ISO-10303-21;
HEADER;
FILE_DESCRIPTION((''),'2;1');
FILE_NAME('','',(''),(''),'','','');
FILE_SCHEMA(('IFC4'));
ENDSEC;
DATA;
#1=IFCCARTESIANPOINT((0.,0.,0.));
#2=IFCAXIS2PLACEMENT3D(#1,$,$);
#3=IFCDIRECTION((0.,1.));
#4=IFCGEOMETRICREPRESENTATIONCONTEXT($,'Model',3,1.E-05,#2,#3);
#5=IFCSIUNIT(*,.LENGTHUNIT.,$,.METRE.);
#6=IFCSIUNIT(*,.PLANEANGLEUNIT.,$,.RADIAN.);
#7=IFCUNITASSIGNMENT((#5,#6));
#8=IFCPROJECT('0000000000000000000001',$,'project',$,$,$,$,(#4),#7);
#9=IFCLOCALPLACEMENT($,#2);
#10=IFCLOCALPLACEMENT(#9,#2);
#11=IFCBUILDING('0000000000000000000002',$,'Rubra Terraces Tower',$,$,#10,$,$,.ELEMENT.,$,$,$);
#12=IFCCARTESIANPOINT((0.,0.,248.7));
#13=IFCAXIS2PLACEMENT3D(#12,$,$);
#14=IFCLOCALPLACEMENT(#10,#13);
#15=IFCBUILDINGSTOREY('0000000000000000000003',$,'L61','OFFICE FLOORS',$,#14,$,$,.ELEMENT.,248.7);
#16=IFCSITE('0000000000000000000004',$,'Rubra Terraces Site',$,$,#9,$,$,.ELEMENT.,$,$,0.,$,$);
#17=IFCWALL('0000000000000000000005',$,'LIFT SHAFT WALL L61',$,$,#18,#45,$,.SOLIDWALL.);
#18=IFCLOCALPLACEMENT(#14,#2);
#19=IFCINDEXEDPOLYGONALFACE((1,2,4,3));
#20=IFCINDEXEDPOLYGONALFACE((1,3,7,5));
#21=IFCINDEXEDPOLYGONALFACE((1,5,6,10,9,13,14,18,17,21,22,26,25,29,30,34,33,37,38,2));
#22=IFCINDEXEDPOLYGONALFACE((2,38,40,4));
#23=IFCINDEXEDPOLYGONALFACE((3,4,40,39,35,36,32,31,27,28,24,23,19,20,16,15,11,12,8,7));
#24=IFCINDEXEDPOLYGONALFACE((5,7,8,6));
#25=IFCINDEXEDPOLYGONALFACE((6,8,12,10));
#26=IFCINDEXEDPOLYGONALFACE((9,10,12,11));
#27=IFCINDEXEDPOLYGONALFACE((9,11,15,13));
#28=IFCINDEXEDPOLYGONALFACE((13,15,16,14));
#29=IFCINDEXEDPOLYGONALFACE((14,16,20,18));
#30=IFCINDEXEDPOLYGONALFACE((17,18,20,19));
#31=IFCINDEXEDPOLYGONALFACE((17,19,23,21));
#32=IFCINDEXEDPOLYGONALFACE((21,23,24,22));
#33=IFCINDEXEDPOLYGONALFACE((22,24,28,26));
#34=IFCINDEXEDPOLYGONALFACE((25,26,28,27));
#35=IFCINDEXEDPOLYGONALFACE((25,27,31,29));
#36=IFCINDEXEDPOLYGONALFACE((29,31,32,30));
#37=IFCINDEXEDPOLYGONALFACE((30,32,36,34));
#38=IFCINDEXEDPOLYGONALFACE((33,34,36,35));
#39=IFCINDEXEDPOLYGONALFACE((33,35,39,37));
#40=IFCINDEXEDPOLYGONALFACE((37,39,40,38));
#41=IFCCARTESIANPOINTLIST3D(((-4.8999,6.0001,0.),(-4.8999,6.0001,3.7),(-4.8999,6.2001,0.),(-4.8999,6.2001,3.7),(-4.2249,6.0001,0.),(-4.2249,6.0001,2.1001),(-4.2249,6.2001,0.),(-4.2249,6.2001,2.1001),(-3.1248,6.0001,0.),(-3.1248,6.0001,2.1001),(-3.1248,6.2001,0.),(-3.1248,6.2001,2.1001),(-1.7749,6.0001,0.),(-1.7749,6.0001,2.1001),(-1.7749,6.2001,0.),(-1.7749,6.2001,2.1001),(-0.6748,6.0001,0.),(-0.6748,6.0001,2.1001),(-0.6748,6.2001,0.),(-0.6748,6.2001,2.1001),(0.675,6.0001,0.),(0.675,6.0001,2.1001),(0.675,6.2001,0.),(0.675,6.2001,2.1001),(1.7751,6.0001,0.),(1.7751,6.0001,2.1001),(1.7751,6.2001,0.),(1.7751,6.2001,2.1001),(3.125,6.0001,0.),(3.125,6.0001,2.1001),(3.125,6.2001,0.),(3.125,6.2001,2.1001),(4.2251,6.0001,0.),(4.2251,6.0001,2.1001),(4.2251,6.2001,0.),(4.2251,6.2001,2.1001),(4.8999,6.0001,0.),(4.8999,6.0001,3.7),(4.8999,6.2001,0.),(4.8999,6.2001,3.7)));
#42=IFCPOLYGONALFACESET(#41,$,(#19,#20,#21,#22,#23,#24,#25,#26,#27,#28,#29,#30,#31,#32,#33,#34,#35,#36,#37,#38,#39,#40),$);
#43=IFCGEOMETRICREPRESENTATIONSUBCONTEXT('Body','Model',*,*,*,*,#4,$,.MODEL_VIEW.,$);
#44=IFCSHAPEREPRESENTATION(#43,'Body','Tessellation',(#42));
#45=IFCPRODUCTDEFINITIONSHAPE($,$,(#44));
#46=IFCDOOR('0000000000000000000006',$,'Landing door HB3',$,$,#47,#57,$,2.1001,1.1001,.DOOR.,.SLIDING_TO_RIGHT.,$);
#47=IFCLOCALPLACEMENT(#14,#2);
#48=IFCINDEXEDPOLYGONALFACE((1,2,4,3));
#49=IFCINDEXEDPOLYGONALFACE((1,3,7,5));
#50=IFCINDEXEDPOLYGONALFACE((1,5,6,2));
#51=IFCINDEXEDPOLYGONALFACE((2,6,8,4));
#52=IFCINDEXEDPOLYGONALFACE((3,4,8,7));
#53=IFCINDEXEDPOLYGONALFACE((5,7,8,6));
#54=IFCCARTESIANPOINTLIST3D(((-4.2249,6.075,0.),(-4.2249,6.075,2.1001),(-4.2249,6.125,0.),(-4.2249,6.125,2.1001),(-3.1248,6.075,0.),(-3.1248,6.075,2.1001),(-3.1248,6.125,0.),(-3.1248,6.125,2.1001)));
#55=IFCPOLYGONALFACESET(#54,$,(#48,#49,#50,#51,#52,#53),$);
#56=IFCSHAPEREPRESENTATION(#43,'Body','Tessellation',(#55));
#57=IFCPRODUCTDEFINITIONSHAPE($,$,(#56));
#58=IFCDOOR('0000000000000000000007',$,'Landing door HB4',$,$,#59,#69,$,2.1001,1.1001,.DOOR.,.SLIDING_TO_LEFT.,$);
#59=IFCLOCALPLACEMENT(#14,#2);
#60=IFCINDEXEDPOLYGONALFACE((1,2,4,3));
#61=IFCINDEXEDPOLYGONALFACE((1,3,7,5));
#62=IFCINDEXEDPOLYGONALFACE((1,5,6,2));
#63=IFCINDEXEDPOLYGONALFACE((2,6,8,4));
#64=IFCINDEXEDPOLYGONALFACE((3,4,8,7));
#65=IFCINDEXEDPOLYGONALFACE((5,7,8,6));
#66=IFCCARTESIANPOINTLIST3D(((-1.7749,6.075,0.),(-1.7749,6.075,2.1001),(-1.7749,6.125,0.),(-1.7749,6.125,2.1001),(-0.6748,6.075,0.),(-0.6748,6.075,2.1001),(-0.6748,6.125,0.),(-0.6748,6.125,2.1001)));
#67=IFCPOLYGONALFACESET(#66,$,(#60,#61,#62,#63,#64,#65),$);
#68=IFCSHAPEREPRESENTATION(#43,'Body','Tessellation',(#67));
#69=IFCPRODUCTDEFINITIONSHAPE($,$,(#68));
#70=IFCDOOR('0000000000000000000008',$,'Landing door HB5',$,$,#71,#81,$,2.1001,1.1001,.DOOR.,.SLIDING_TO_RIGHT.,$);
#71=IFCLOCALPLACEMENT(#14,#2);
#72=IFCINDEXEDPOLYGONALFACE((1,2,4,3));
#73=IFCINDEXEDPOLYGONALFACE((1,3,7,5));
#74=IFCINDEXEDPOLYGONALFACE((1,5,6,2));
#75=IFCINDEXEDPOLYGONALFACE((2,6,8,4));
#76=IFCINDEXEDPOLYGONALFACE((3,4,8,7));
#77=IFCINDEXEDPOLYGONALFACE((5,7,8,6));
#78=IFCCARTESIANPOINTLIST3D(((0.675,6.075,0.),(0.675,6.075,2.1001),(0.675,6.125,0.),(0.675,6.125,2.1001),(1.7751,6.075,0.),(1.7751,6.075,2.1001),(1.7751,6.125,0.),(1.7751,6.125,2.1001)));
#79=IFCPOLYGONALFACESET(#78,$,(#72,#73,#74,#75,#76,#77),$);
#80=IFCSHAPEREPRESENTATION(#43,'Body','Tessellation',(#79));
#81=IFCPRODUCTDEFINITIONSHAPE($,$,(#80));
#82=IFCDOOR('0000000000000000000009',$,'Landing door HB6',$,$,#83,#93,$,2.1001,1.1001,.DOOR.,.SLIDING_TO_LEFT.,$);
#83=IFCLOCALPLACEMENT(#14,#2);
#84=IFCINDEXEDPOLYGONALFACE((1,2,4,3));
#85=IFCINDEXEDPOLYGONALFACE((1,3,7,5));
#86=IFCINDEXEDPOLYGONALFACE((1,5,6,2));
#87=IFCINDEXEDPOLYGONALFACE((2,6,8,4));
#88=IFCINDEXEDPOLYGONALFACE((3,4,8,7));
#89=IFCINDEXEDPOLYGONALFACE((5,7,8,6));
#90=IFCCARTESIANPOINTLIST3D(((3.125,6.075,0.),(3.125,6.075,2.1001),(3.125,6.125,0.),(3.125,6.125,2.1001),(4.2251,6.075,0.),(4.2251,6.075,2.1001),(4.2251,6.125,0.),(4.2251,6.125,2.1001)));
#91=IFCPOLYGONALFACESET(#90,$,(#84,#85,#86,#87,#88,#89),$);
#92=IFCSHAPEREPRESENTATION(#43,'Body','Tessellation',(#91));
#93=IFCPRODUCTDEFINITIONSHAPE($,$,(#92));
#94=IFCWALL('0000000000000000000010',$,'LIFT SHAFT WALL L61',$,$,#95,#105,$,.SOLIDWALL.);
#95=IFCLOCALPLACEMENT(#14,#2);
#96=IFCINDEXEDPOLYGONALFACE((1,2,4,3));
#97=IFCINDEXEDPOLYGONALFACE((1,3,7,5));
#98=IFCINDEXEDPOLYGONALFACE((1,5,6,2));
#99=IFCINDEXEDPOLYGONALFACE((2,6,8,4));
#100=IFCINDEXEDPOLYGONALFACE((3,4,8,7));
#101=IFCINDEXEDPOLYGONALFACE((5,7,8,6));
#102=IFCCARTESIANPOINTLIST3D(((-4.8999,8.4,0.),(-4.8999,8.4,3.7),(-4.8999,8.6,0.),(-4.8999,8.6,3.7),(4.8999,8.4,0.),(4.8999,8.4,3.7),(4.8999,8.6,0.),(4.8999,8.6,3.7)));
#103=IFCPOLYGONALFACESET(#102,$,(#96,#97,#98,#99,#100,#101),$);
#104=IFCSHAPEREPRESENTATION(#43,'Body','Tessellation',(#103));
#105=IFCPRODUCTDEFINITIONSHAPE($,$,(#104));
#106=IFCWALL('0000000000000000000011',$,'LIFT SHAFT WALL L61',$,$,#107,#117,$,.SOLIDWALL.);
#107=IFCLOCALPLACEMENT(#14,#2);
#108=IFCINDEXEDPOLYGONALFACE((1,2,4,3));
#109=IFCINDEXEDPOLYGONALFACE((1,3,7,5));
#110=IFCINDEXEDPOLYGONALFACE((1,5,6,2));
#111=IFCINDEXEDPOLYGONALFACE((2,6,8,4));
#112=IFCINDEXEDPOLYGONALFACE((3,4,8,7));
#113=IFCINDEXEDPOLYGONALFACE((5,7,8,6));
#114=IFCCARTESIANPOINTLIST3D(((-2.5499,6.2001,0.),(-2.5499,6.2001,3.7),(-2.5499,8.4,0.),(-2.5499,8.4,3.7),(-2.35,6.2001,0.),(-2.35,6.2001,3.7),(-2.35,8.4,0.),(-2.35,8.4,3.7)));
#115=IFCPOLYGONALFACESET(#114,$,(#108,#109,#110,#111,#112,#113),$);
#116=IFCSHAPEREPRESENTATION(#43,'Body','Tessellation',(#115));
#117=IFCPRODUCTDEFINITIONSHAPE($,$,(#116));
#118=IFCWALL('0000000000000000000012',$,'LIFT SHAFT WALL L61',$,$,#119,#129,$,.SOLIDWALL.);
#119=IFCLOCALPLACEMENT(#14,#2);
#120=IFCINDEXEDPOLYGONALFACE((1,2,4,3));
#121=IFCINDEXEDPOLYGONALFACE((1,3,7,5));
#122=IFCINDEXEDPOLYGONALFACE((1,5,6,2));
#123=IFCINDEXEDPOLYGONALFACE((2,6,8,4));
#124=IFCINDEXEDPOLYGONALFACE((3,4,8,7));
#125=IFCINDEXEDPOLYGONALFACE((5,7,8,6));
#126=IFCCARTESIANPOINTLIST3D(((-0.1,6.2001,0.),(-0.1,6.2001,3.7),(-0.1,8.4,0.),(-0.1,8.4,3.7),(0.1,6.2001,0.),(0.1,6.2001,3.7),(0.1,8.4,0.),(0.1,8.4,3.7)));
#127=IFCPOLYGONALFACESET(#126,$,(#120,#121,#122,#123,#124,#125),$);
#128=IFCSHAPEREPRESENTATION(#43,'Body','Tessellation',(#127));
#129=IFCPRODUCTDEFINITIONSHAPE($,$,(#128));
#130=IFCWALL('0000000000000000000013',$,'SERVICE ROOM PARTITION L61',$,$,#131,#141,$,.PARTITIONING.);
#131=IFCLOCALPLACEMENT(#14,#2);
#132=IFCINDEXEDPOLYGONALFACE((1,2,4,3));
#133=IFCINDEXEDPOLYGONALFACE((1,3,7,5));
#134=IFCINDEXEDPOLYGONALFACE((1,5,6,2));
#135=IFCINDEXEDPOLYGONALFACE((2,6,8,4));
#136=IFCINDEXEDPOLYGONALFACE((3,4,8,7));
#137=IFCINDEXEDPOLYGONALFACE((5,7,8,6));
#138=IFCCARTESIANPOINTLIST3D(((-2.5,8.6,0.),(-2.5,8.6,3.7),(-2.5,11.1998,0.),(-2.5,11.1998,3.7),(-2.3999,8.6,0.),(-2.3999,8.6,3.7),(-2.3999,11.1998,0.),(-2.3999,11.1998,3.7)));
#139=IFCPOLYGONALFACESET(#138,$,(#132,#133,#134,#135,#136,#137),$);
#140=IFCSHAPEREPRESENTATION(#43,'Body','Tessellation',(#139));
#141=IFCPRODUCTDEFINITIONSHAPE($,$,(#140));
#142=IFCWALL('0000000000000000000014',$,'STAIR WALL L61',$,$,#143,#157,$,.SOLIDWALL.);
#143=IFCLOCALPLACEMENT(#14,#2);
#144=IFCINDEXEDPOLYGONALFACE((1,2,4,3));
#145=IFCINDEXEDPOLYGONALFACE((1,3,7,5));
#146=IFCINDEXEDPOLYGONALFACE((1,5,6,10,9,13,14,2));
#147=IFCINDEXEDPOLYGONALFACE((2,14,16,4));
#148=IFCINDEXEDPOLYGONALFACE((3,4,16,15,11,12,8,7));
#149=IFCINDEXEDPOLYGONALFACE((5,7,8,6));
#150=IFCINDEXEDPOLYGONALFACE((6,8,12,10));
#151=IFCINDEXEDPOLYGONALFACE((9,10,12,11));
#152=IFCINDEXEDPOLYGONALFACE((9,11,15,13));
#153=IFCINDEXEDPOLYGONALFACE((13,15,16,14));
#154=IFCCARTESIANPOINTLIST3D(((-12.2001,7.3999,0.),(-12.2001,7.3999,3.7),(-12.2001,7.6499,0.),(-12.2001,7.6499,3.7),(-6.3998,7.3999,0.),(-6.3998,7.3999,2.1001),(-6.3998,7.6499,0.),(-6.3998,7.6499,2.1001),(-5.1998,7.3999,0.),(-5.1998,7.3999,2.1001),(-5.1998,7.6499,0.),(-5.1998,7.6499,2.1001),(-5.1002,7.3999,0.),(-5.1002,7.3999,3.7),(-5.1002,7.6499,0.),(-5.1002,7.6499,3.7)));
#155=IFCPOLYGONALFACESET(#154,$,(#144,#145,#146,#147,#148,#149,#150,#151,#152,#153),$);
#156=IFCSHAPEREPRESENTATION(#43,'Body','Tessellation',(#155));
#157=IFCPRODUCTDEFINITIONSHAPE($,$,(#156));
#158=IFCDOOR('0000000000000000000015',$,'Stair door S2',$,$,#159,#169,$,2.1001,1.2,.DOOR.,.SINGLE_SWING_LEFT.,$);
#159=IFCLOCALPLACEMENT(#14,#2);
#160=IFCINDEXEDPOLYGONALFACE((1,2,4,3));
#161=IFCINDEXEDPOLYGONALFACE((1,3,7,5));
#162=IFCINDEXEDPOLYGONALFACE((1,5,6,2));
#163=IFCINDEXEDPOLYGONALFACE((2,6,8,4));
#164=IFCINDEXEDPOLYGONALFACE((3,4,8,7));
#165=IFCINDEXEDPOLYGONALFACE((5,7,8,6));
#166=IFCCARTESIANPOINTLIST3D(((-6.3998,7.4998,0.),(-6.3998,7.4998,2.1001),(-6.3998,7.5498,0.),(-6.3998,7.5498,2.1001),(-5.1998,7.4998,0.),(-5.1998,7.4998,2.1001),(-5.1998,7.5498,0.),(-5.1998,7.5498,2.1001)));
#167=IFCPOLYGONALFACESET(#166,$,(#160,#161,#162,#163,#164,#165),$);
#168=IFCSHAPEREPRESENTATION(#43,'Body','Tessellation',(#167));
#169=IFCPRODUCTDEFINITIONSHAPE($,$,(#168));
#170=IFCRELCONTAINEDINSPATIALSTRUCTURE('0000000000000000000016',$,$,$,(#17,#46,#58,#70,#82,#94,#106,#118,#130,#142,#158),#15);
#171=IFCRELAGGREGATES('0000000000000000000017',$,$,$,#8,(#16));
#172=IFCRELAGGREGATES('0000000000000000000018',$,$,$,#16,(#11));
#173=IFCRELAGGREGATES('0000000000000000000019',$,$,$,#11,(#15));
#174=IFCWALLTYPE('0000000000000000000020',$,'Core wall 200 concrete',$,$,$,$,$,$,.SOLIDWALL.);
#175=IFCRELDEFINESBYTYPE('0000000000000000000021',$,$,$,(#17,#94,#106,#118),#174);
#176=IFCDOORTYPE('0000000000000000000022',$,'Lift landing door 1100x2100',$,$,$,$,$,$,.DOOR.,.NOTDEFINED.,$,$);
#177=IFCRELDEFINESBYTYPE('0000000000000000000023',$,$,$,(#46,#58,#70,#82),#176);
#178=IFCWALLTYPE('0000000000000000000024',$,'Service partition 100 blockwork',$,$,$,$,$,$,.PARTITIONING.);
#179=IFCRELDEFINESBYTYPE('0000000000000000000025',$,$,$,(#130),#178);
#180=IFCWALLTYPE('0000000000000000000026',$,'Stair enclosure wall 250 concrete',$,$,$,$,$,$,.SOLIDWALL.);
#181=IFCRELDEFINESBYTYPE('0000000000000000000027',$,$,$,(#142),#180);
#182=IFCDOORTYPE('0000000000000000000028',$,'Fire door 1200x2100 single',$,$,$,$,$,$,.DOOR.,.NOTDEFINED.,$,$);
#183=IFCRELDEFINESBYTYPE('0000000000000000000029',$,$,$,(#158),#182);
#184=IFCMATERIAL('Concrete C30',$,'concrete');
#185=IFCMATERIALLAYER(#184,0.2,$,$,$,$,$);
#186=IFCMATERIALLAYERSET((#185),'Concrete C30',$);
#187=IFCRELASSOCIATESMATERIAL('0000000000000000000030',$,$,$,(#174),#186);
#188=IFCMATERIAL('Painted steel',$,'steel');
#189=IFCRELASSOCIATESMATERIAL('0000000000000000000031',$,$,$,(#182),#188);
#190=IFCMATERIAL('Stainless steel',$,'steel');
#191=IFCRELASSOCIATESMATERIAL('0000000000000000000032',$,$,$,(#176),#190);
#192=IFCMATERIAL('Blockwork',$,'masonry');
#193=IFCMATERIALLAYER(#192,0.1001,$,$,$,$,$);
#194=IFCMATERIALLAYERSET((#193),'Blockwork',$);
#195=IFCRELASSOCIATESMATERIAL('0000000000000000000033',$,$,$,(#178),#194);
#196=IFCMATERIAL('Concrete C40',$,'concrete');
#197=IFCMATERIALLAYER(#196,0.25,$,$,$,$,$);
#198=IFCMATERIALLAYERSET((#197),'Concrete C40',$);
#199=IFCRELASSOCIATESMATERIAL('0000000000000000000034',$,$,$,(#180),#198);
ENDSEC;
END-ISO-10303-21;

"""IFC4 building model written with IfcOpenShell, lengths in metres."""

from ifc_helpers import new_model, si_unit, direction, frame, frame_2d, origin, place, context, subcontext, project, spatial, rectangle, extrude, material, layer, layer_set, type_object, element, fill, save


model = new_model("IFC4")

# Units and contexts
model_context = context("Model", 3, precision=1e-05, world=origin(), true_north=direction((0.0, 1.0)))
body_context = subcontext(model_context, "Body", "Model", "MODEL_VIEW")
ifc_project = project(units=[si_unit("LENGTHUNIT", "METRE"), si_unit("PLANEANGLEUNIT", "RADIAN")], contexts=[model_context])

# Site, building, storey
site_placement = place(None, origin())
site = spatial("IfcSite", under=ifc_project, at=site_placement, Name="Rubra Terraces Site", CompositionType="ELEMENT", RefElevation=0.0)
building_placement = place(site_placement, origin())
building = spatial("IfcBuilding", under=site, at=building_placement, Name="Rubra Terraces Tower", CompositionType="ELEMENT")
storey_placement = place(building_placement, frame((0.0, 0.0, 248.7)))
storey = spatial("IfcBuildingStorey", under=building, at=storey_placement, Name="L61", Description="OFFICE FLOORS", CompositionType="ELEMENT", Elevation=248.7)

# Shared definitions
ifc_material_1 = material(Name="Concrete C40", Category="concrete")

# Shared definitions
ifc_material_2 = material(Name="Concrete C30", Category="concrete")
ifc_layer_1 = layer(ifc_material_2, 0.2)
ifc_layer_set_1 = layer_set([ifc_layer_1], Name="Concrete C30")
wall_type_1 = type_object("IfcWallType", Name="Core wall 200 concrete", PredefinedType="SOLIDWALL", material=ifc_layer_set_1)
ifc_material_3 = material(Name="Painted steel", Category="steel")
door_type_1 = type_object("IfcDoorType", Name="Fire door 1200x2100 single", OperationType="NOTDEFINED", PredefinedType="DOOR", material=ifc_material_3)
ifc_material_4 = material(Name="Stainless steel", Category="steel")

# Wall, openings, doors
door_type_2 = type_object("IfcDoorType", Name="Lift landing door 1100x2100", OperationType="NOTDEFINED", PredefinedType="DOOR", material=ifc_material_4)
wall_1_placement = place(storey_placement, frame((-4.8999, 6.1001, 0.0), z_axis=(0.0, 0.0, 1.0), x_axis=(1.0, 0.0, 0.0)))
wall_1 = element("IfcWall", 1, at=wall_1_placement, inside=storey, type_object=wall_type_1, Name="LIFT SHAFT WALL L61", PredefinedType="SOLIDWALL", context=body_context, shape_type="SweptSolid", body=[
    extrude(rectangle(XDim=9.7998, YDim=0.2, at=frame_2d((4.8999, 0.0))), origin(), (0.0, 0.0, 1.0), 3.7),
])
opening_1_placement = place(wall_1_placement, frame((0.675, 0.0, 0.0)))
opening_1 = element("IfcOpeningElement", 2, at=opening_1_placement, cuts=wall_1, PredefinedType="OPENING", context=body_context, shape_type="SweptSolid", body=[
    extrude(rectangle(XDim=1.1001, YDim=2.1001, at=frame_2d((0.55, 1.05))), frame((0.0, 0.1099, 0.0), z_axis=(0.0, -1.0, 0.0), x_axis=(1.0, 0.0, 0.0)), (0.0, 0.0, 1.0), 0.22),
])
opening_2_placement = place(wall_1_placement, frame((3.125, 0.0, 0.0)))
opening_2 = element("IfcOpeningElement", 3, at=opening_2_placement, cuts=wall_1, PredefinedType="OPENING", context=body_context, shape_type="SweptSolid", body=[
    extrude(rectangle(XDim=1.1001, YDim=2.1001, at=frame_2d((0.55, 1.05))), frame((0.0, 0.1099, 0.0), z_axis=(0.0, -1.0, 0.0), x_axis=(1.0, 0.0, 0.0)), (0.0, 0.0, 1.0), 0.22),
])
opening_3_placement = place(wall_1_placement, frame((5.575, 0.0, 0.0)))
opening_3 = element("IfcOpeningElement", 4, at=opening_3_placement, cuts=wall_1, PredefinedType="OPENING", context=body_context, shape_type="SweptSolid", body=[
    extrude(rectangle(XDim=1.1001, YDim=2.1001, at=frame_2d((0.55, 1.05))), frame((0.0, 0.1099, 0.0), z_axis=(0.0, -1.0, 0.0), x_axis=(1.0, 0.0, 0.0)), (0.0, 0.0, 1.0), 0.22),
])
opening_4_placement = place(wall_1_placement, frame((8.0249, 0.0, 0.0)))
opening_4 = element("IfcOpeningElement", 5, at=opening_4_placement, cuts=wall_1, PredefinedType="OPENING", context=body_context, shape_type="SweptSolid", body=[
    extrude(rectangle(XDim=1.1001, YDim=2.1001, at=frame_2d((0.55, 1.05))), frame((0.0, 0.1099, 0.0), z_axis=(0.0, -1.0, 0.0), x_axis=(1.0, 0.0, 0.0)), (0.0, 0.0, 1.0), 0.22),
])
door_1_placement = place(opening_1_placement, origin())
door_1 = element("IfcDoor", 6, at=door_1_placement, inside=storey, type_object=door_type_2, Name="Landing door HB3", OperationType="SLIDING_TO_RIGHT", OverallHeight=2.1001, OverallWidth=1.1001, PredefinedType="DOOR", context=body_context, shape_type="SweptSolid", body=[
    extrude(rectangle(XDim=1.1001, YDim=2.1001, at=frame_2d((0.55, 1.05))), frame((0.0, 0.0249, 0.0), z_axis=(0.0, -1.0, 0.0), x_axis=(1.0, 0.0, 0.0)), (0.0, 0.0, 1.0), 0.05),
])
fill(opening_1, door_1)
door_2_placement = place(opening_2_placement, origin())
door_2 = element("IfcDoor", 7, at=door_2_placement, inside=storey, type_object=door_type_2, Name="Landing door HB4", OperationType="SLIDING_TO_LEFT", OverallHeight=2.1001, OverallWidth=1.1001, PredefinedType="DOOR", context=body_context, shape_type="SweptSolid", body=[
    extrude(rectangle(XDim=1.1001, YDim=2.1001, at=frame_2d((0.55, 1.05))), frame((0.0, 0.0249, 0.0), z_axis=(0.0, -1.0, 0.0), x_axis=(1.0, 0.0, 0.0)), (0.0, 0.0, 1.0), 0.05),
])
fill(opening_2, door_2)
door_3_placement = place(opening_3_placement, origin())
door_3 = element("IfcDoor", 8, at=door_3_placement, inside=storey, type_object=door_type_2, Name="Landing door HB5", OperationType="SLIDING_TO_RIGHT", OverallHeight=2.1001, OverallWidth=1.1001, PredefinedType="DOOR", context=body_context, shape_type="SweptSolid", body=[
    extrude(rectangle(XDim=1.1001, YDim=2.1001, at=frame_2d((0.55, 1.05))), frame((0.0, 0.0249, 0.0), z_axis=(0.0, -1.0, 0.0), x_axis=(1.0, 0.0, 0.0)), (0.0, 0.0, 1.0), 0.05),
])
fill(opening_3, door_3)
door_4_placement = place(opening_4_placement, origin())
door_4 = element("IfcDoor", 9, at=door_4_placement, inside=storey, type_object=door_type_2, Name="Landing door HB6", OperationType="SLIDING_TO_LEFT", OverallHeight=2.1001, OverallWidth=1.1001, PredefinedType="DOOR", context=body_context, shape_type="SweptSolid", body=[
    extrude(rectangle(XDim=1.1001, YDim=2.1001, at=frame_2d((0.55, 1.05))), frame((0.0, 0.0249, 0.0), z_axis=(0.0, -1.0, 0.0), x_axis=(1.0, 0.0, 0.0)), (0.0, 0.0, 1.0), 0.05),
])
fill(opening_4, door_4)

# Walls
wall_2_placement = place(storey_placement, frame((-4.8999, 8.5, 0.0), z_axis=(0.0, 0.0, 1.0), x_axis=(1.0, 0.0, 0.0)))
element("IfcWall", 10, at=wall_2_placement, inside=storey, type_object=wall_type_1, Name="LIFT SHAFT WALL L61", PredefinedType="SOLIDWALL", context=body_context, shape_type="SweptSolid", body=[
    extrude(rectangle(XDim=9.7998, YDim=0.2, at=frame_2d((4.8999, 0.0))), origin(), (0.0, 0.0, 1.0), 3.7),
])
for number, where, z_axis, x_axis, name in (
    (11, (-2.45, 6.2, 0.0), (0.0, 0.0, 1.0), (0.0, 1.0, 0.0), "LIFT SHAFT WALL L61"),
    (12, (0.0, 6.2, 0.0), (0.0, 0.0, 1.0), (0.0, 1.0, 0.0), "LIFT SHAFT WALL L61"),
):
    element("IfcWall", number, at=place(storey_placement, frame(where, z_axis=z_axis, x_axis=x_axis)), inside=storey, type_object=wall_type_1, Name=name, PredefinedType="SOLIDWALL", context=body_context, shape_type="SweptSolid", body=[
        extrude(rectangle(XDim=2.2, YDim=0.2, at=frame_2d((1.1001, 0.0))), origin(), (0.0, 0.0, 1.0), 3.7),
    ])
ifc_material_5 = material(Name="Blockwork", Category="masonry")
ifc_layer_2 = layer(ifc_material_5, 0.1001)
ifc_layer_set_2 = layer_set([ifc_layer_2], Name="Blockwork")
wall_type_2 = type_object("IfcWallType", Name="Service partition 100 blockwork", PredefinedType="PARTITIONING", material=ifc_layer_set_2)
wall_3_placement = place(storey_placement, frame((-2.45, 8.6001, 0.0), z_axis=(0.0, 0.0, 1.0), x_axis=(0.0, 1.0, 0.0)))
element("IfcWall", 13, at=wall_3_placement, inside=storey, type_object=wall_type_2, Name="SERVICE ROOM PARTITION L61", PredefinedType="PARTITIONING", context=body_context, shape_type="SweptSolid", body=[
    extrude(rectangle(XDim=2.5999, YDim=0.1001, at=frame_2d((1.2998, 0.0))), origin(), (0.0, 0.0, 1.0), 3.7),
])

# Wall, opening, door
ifc_layer_3 = layer(ifc_material_1, 0.25)
ifc_layer_set_3 = layer_set([ifc_layer_3], Name="Concrete C40")
wall_type_3 = type_object("IfcWallType", Name="Stair enclosure wall 250 concrete", PredefinedType="SOLIDWALL", material=ifc_layer_set_3)
wall_4_placement = place(storey_placement, frame((-12.2, 7.5249, 0.0), z_axis=(0.0, 0.0, 1.0), x_axis=(1.0, 0.0, 0.0)))
wall_4 = element("IfcWall", 14, at=wall_4_placement, inside=storey, type_object=wall_type_3, Name="STAIR WALL L61", PredefinedType="SOLIDWALL", context=body_context, shape_type="SweptSolid", body=[
    extrude(rectangle(XDim=7.0999, YDim=0.25, at=frame_2d((3.5498, 0.0))), origin(), (0.0, 0.0, 1.0), 3.7),
])
opening_5_placement = place(wall_4_placement, frame((5.8, 0.0, 0.0)))
opening_5 = element("IfcOpeningElement", 15, at=opening_5_placement, cuts=wall_4, PredefinedType="OPENING", context=body_context, shape_type="SweptSolid", body=[
    extrude(rectangle(XDim=1.2, YDim=2.1001, at=frame_2d((0.6001, 1.05))), frame((0.0, 0.135, 0.0), z_axis=(0.0, -1.0, 0.0), x_axis=(1.0, 0.0, 0.0)), (0.0, 0.0, 1.0), 0.27),
])
door_5_placement = place(opening_5_placement, origin())
door_5 = element("IfcDoor", 16, at=door_5_placement, inside=storey, type_object=door_type_1, Name="Stair door S2", OperationType="SINGLE_SWING_LEFT", OverallHeight=2.1001, OverallWidth=1.2, PredefinedType="DOOR", context=body_context, shape_type="SweptSolid", body=[
    extrude(rectangle(XDim=1.2, YDim=2.1001, at=frame_2d((0.6001, 1.05))), frame((0.0, 0.0249, 0.0), z_axis=(0.0, -1.0, 0.0), x_axis=(1.0, 0.0, 0.0)), (0.0, 0.0, 1.0), 0.05),
])
fill(opening_5, door_5)

save(model, "model.ifc")
